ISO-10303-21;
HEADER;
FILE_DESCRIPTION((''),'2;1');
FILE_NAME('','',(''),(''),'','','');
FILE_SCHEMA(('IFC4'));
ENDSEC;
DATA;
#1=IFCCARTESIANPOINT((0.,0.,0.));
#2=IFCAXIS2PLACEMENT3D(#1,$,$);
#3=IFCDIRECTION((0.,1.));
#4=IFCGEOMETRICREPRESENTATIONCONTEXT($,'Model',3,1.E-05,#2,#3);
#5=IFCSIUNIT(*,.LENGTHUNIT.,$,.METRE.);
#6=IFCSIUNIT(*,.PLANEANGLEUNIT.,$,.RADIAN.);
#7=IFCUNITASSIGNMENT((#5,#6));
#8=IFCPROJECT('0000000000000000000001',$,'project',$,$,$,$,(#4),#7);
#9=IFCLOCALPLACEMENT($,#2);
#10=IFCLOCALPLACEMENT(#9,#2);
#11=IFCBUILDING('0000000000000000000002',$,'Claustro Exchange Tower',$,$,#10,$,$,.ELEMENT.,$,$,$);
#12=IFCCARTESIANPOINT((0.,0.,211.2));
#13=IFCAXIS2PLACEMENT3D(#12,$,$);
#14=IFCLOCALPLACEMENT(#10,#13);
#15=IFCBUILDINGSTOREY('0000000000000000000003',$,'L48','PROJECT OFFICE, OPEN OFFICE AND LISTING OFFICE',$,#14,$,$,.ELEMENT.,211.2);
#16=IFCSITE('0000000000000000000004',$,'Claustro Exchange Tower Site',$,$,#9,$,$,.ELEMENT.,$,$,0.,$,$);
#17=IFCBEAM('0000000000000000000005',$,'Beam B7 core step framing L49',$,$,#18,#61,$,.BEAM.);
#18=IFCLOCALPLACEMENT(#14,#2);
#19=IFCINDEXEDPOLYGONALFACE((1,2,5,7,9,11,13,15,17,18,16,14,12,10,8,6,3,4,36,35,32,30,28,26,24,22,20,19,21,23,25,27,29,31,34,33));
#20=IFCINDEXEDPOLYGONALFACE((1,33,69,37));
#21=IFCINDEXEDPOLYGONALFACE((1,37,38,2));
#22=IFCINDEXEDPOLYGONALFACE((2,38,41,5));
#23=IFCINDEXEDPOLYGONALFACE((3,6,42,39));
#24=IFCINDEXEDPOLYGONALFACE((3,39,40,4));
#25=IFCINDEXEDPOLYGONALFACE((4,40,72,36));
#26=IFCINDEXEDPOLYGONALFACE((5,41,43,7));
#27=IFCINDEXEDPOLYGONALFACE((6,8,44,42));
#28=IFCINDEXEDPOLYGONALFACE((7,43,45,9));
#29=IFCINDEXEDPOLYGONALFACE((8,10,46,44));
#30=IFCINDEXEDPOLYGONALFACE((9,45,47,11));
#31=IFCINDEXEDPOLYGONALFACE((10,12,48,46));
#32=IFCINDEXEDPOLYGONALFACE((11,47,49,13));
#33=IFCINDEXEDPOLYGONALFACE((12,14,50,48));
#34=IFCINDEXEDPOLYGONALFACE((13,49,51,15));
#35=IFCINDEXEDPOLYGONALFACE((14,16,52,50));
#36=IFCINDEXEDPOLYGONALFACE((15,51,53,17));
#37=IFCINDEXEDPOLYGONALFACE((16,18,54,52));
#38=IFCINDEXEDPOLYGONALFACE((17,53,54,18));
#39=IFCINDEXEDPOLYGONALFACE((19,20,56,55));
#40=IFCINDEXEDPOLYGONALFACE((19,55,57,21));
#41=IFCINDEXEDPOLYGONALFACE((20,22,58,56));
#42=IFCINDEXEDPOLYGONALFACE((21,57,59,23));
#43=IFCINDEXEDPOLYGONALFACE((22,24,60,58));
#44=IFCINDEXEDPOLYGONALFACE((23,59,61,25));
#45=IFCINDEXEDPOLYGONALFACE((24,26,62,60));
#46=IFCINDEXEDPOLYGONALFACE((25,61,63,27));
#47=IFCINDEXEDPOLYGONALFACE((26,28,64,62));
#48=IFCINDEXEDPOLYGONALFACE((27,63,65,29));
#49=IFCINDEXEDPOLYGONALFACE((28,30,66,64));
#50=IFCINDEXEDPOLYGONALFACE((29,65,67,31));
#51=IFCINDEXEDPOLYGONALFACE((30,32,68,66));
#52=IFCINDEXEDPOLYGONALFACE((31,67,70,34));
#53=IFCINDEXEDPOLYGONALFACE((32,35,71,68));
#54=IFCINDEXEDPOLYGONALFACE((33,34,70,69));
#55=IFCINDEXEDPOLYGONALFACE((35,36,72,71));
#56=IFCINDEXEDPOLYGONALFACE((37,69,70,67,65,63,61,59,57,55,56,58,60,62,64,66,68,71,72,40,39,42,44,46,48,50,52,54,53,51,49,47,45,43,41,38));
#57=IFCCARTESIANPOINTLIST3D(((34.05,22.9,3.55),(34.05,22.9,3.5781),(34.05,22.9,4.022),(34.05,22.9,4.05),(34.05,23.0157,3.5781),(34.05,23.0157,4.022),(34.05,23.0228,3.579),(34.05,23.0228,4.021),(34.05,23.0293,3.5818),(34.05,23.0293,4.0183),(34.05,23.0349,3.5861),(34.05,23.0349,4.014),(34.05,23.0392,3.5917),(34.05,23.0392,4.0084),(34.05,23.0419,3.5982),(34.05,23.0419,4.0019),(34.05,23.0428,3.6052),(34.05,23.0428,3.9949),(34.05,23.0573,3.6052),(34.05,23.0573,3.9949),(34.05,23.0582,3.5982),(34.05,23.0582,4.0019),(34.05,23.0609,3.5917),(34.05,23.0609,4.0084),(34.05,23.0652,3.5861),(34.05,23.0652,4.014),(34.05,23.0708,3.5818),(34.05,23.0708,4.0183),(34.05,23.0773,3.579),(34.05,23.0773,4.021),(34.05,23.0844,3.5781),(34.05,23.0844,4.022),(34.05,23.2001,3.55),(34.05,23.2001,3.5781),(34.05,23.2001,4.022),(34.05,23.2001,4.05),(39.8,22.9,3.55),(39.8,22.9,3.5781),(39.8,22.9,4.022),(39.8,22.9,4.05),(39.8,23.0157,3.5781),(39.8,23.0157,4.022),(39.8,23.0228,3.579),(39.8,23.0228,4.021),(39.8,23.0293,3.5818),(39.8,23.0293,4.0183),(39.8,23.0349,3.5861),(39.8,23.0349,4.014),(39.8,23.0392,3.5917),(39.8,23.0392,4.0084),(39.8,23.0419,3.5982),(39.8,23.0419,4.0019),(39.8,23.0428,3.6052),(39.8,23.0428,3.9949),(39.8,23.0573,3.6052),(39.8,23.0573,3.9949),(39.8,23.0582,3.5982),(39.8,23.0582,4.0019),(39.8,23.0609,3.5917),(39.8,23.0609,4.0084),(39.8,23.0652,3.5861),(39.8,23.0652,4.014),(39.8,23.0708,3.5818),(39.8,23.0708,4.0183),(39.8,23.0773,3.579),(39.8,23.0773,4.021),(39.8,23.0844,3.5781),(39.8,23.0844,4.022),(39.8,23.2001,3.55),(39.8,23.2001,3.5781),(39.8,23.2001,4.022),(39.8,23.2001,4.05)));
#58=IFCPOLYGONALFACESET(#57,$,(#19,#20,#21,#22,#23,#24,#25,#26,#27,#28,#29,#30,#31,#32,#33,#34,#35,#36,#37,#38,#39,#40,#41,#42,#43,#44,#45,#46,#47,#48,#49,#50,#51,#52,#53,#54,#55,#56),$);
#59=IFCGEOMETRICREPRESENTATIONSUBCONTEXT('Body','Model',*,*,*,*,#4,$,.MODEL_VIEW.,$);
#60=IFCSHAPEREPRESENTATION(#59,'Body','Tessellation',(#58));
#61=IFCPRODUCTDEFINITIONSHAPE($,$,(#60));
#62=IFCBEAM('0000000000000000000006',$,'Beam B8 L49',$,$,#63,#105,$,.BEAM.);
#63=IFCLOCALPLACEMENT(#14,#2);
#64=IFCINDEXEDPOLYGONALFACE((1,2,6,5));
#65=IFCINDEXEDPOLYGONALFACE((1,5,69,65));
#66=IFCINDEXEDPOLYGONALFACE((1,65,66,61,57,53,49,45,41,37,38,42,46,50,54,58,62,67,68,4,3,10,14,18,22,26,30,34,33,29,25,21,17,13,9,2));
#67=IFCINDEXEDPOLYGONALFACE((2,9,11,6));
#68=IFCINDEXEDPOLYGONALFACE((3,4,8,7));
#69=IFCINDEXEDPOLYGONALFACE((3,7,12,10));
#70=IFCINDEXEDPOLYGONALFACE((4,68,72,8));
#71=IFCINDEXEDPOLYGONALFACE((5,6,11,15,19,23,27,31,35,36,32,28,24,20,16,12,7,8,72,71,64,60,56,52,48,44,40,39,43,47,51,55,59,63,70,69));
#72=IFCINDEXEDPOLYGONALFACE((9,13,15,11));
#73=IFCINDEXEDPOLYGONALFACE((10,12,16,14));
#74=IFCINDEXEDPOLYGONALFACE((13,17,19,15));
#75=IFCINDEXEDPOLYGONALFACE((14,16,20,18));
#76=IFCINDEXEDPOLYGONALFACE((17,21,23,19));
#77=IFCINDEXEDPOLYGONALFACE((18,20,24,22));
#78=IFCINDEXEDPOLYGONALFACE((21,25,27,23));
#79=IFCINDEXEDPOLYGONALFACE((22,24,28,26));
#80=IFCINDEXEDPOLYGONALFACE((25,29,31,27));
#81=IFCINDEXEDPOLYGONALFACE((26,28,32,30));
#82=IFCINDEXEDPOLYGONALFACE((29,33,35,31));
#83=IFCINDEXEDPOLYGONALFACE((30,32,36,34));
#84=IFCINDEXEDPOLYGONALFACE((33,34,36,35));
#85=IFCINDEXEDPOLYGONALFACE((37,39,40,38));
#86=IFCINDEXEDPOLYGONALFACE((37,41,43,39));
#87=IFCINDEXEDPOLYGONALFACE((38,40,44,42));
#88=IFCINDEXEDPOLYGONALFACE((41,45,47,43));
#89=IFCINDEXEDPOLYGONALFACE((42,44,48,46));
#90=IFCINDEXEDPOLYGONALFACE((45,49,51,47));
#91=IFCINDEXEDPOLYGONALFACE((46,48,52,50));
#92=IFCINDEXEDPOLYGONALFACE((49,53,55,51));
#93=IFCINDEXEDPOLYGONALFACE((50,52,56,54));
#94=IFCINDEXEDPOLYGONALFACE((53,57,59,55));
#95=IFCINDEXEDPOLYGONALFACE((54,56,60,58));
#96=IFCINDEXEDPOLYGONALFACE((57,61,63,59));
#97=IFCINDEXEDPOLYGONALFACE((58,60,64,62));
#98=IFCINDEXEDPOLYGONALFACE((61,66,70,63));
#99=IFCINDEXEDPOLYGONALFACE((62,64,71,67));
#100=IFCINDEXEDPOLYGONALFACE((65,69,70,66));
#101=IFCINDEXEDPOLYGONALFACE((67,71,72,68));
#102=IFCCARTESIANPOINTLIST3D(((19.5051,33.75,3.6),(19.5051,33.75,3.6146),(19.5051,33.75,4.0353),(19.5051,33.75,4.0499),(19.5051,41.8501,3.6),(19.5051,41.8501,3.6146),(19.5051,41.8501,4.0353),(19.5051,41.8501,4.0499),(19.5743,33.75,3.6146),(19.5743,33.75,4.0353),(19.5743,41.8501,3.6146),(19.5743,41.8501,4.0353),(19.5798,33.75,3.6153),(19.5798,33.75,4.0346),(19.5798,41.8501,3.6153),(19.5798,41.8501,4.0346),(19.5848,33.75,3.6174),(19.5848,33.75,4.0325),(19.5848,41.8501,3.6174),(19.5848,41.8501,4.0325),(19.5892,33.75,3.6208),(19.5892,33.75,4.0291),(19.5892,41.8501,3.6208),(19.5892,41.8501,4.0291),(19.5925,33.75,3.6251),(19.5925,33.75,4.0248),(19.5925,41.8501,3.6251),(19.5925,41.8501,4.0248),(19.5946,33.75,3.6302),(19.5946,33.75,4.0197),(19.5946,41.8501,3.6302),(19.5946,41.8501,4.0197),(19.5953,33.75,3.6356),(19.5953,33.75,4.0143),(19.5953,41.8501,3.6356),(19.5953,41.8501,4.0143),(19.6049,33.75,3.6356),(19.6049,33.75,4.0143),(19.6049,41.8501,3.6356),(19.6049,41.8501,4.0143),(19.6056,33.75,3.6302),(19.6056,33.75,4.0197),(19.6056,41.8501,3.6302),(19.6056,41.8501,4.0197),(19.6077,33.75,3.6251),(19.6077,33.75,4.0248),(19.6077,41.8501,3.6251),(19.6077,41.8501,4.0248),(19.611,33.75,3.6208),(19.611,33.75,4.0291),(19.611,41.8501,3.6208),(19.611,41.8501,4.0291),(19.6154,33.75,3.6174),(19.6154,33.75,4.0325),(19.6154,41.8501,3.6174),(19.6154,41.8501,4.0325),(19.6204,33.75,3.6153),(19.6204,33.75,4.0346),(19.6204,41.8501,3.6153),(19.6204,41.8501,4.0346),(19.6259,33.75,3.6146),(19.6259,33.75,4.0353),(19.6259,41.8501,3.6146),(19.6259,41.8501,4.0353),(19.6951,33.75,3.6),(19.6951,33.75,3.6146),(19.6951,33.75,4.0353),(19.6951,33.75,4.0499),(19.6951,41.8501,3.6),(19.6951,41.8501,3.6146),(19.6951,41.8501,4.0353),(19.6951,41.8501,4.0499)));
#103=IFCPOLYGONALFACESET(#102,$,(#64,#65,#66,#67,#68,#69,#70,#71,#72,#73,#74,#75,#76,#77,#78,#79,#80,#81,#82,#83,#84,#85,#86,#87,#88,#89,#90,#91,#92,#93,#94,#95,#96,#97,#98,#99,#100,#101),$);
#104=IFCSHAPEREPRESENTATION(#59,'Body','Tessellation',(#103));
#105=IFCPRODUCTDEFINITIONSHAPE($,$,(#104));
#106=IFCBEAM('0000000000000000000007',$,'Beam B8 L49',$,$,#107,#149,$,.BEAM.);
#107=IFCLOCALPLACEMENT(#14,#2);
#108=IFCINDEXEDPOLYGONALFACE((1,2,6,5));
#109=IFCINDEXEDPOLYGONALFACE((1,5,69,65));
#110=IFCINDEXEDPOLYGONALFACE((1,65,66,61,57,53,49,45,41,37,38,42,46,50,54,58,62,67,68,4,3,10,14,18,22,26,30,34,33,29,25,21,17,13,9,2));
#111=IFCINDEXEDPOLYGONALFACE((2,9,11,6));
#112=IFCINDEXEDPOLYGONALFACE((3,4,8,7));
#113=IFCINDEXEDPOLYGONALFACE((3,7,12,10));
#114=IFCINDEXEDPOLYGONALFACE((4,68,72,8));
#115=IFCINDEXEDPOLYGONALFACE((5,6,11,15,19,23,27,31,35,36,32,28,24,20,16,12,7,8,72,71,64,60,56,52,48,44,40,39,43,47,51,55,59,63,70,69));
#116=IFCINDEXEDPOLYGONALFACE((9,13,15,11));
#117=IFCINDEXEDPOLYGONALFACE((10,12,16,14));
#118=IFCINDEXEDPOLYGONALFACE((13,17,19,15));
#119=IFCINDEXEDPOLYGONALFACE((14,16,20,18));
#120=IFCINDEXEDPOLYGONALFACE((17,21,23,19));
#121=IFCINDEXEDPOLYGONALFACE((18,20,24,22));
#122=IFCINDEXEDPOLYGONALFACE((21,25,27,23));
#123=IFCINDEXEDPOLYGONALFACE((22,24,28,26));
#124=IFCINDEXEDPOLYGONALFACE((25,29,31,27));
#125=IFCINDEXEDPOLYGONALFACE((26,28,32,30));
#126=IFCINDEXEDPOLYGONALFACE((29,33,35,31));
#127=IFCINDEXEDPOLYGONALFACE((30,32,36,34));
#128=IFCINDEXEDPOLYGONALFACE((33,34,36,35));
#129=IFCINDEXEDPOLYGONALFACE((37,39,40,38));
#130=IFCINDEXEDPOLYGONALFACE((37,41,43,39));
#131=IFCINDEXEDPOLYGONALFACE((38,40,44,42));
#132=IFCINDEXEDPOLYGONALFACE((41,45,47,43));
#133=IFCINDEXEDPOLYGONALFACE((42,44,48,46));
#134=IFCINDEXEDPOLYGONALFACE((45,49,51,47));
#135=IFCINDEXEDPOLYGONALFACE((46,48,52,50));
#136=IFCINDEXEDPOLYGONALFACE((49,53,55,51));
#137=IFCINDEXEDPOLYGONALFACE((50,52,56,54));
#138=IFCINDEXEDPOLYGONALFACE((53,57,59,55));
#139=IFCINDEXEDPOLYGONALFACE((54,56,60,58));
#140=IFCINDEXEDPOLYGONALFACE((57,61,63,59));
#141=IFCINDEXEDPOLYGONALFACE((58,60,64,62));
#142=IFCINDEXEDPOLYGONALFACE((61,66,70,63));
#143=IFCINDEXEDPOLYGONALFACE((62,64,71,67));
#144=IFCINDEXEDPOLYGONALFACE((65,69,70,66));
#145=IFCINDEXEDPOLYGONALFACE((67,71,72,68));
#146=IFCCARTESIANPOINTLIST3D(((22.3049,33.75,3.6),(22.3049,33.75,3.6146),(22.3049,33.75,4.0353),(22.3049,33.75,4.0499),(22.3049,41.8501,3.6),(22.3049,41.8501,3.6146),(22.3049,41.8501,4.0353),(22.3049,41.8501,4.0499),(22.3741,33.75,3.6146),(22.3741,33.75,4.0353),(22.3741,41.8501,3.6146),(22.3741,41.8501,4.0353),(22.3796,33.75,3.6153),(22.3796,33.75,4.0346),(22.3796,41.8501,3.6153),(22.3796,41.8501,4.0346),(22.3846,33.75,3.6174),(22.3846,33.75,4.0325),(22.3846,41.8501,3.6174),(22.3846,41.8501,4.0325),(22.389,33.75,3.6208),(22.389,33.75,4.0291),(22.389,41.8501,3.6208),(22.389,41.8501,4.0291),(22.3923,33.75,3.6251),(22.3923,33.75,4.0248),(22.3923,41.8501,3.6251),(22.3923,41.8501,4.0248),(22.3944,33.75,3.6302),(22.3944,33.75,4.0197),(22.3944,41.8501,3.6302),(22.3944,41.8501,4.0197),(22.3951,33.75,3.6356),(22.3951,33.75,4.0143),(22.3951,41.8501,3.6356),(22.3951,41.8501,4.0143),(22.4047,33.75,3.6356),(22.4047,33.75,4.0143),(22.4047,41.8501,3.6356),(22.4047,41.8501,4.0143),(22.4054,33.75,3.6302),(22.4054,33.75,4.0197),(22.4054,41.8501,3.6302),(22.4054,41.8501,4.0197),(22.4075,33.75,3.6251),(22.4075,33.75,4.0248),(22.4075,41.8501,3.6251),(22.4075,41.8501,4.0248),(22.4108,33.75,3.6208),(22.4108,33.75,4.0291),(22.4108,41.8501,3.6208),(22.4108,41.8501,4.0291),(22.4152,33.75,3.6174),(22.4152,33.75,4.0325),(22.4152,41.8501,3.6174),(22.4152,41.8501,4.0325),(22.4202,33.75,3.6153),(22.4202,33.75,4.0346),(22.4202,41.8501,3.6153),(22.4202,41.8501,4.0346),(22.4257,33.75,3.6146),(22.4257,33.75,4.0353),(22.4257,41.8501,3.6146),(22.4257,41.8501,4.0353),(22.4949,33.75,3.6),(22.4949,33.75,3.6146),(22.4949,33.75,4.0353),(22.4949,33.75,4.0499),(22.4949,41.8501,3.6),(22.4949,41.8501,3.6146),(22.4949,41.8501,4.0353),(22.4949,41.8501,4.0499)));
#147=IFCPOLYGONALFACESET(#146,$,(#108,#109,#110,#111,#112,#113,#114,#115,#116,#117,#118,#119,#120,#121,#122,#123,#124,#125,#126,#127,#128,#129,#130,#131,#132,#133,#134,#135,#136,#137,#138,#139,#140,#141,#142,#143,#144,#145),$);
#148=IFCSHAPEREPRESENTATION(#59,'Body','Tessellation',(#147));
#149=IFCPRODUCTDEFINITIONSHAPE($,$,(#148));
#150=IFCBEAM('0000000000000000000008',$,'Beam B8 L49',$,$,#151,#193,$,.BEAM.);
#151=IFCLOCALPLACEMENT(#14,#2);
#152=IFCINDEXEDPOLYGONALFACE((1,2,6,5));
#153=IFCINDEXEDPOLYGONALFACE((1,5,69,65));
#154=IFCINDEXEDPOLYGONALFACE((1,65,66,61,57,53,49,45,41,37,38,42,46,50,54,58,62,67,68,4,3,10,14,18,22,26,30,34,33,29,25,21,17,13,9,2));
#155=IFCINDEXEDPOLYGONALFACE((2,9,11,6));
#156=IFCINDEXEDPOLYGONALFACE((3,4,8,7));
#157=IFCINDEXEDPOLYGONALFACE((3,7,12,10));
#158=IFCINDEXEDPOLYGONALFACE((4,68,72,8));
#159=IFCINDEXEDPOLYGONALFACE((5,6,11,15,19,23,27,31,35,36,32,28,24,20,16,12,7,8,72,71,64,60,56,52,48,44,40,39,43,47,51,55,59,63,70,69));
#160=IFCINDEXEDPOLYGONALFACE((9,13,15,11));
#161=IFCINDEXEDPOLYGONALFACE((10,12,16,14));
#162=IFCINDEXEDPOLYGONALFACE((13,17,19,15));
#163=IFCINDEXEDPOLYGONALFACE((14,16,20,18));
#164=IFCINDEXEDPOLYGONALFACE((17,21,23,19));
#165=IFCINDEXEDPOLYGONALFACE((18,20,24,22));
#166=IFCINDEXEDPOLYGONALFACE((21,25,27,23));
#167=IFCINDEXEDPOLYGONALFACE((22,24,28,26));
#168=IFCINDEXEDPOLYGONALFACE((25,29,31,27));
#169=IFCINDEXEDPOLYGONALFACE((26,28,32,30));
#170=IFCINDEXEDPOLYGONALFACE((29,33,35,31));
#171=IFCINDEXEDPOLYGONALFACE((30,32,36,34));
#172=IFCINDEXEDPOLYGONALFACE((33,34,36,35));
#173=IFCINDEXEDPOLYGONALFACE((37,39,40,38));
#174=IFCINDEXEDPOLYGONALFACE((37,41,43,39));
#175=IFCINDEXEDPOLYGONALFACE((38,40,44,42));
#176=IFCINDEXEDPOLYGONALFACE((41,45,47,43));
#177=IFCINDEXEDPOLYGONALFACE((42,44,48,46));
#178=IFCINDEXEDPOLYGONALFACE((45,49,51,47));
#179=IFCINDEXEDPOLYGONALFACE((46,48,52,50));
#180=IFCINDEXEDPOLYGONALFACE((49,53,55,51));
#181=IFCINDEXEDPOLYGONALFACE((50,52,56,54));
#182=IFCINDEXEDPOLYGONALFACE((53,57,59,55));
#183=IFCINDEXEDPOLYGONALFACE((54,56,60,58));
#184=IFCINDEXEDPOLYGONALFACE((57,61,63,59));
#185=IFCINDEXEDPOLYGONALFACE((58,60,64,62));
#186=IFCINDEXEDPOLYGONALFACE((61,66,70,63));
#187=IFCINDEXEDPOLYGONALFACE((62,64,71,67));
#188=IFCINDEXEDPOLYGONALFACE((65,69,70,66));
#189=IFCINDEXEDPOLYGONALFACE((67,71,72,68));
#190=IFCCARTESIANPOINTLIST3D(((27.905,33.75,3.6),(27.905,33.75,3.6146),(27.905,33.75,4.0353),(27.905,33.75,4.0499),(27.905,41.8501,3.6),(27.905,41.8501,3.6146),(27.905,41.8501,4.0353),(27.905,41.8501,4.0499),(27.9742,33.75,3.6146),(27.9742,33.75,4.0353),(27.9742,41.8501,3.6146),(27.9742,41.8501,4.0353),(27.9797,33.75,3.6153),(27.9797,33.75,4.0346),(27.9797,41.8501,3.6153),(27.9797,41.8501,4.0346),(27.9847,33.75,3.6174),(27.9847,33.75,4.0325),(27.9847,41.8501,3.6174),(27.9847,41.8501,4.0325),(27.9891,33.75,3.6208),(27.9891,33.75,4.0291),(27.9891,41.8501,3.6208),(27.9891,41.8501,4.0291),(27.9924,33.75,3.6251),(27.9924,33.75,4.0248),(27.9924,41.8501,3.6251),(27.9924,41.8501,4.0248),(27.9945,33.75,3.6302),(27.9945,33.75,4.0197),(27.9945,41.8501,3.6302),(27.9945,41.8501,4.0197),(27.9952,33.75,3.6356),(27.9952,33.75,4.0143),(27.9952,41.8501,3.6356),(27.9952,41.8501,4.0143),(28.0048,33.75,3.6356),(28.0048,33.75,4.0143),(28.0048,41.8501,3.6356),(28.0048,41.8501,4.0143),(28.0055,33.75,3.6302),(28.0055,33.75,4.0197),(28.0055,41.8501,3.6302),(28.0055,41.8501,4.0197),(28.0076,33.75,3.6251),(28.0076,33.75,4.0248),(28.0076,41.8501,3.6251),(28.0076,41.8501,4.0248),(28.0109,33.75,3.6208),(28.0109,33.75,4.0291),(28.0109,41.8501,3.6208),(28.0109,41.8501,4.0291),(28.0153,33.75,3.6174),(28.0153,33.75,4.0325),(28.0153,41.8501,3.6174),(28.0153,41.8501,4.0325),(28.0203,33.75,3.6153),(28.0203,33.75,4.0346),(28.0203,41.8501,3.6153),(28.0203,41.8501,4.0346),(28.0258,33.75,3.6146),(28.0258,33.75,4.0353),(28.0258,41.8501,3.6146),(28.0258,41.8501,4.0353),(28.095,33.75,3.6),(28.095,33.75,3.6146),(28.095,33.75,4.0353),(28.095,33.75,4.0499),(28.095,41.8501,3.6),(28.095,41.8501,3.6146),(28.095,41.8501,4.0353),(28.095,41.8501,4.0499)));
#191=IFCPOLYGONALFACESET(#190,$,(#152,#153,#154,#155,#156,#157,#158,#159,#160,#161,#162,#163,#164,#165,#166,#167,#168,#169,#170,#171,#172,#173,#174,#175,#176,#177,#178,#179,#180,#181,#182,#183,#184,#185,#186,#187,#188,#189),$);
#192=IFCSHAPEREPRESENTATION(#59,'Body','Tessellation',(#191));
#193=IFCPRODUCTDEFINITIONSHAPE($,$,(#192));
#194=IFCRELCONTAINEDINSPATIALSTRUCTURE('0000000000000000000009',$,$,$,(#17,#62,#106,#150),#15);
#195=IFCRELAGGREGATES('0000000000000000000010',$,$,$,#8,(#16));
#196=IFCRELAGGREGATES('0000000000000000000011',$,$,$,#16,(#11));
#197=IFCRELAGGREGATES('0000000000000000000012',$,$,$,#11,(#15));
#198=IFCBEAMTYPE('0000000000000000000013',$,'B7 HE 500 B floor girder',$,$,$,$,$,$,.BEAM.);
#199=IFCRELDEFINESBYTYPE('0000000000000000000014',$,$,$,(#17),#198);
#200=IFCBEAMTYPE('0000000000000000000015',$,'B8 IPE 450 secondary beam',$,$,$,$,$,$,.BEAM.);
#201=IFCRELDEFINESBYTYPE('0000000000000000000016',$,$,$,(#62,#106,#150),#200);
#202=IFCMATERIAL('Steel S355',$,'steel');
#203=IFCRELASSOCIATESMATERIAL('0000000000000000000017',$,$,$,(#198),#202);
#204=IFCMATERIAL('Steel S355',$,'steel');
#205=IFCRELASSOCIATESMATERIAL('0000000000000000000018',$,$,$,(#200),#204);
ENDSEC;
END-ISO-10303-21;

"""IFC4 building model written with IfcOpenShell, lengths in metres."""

from ifc_helpers import new_model, si_unit, direction, frame, origin, origin_2d, place, context, subcontext, project, spatial, i_section, extrude, material, material_profile, profile_set, type_object, element, save


model = new_model("IFC4")

# Units and contexts
model_context = context("Model", 3, precision=1e-05, world=origin(), true_north=direction((0.0, 1.0)))
body_context = subcontext(model_context, "Body", "Model", "MODEL_VIEW")
ifc_project = project(units=[si_unit("LENGTHUNIT", "METRE"), si_unit("PLANEANGLEUNIT", "RADIAN")], contexts=[model_context])

# Site, building, storey
site_placement = place(None, origin())
site = spatial("IfcSite", under=ifc_project, at=site_placement, Name="Claustro Exchange Tower Site", CompositionType="ELEMENT", RefElevation=0.0)
building_placement = place(site_placement, origin())
building = spatial("IfcBuilding", under=site, at=building_placement, Name="Claustro Exchange Tower", CompositionType="ELEMENT")
storey_placement = place(building_placement, frame((0.0, 0.0, 211.2)))
storey = spatial("IfcBuildingStorey", under=building, at=storey_placement, Name="L48", Description="PROJECT OFFICE, OPEN OFFICE AND LISTING OFFICE", CompositionType="ELEMENT", Elevation=211.2)

# Beams
ifc_material_1 = material(Name="Steel S355", Category="steel")
ifc_material_profile_1 = material_profile(ifc_material_1, i_section(OverallWidth=0.3, OverallDepth=0.5, WebThickness=0.0144, FlangeThickness=0.0281, FilletRadius=0.0271, at=origin_2d()), Name="HE 500 B")
ifc_profile_set_1 = profile_set([ifc_material_profile_1], Name="Steel S355")
beam_type_1 = type_object("IfcBeamType", Name="B7 HE 500 B floor girder", PredefinedType="BEAM", material=ifc_profile_set_1)
beam_1_placement = place(storey_placement, frame((34.05, 23.05, 3.8), z_axis=(1.0, 0.0, 0.0), x_axis=(0.0, 1.0, 0.0)))
element("IfcBeam", 1, at=beam_1_placement, inside=storey, type_object=beam_type_1, Name="Beam B7 core step framing L49", PredefinedType="BEAM", context=body_context, shape_type="SweptSolid", body=[
    extrude(i_section(OverallWidth=0.3, OverallDepth=0.5, WebThickness=0.0144, FlangeThickness=0.0281, FilletRadius=0.0271, at=origin_2d()), origin(), (0.0, 0.0, 1.0), 5.75),
])
ifc_material_2 = material(Name="Steel S355", Category="steel")
ifc_material_profile_2 = material_profile(ifc_material_2, i_section(OverallWidth=0.1899, OverallDepth=0.45, WebThickness=0.0095, FlangeThickness=0.0146, FilletRadius=0.021, at=origin_2d()), Name="IPE 450")
ifc_profile_set_2 = profile_set([ifc_material_profile_2], Name="Steel S355")
beam_type_2 = type_object("IfcBeamType", Name="B8 IPE 450 secondary beam", PredefinedType="BEAM", material=ifc_profile_set_2)
for number, where, z_axis, x_axis, name in (
    (2, (19.6001, 33.75, 3.825), (0.0, 1.0, 0.0), (-1.0, 0.0, 0.0), "Beam B8 L49"),
    (3, (22.3999, 33.75, 3.825), (0.0, 1.0, 0.0), (-1.0, 0.0, 0.0), "Beam B8 L49"),
    (4, (28.0, 33.75, 3.825), (0.0, 1.0, 0.0), (-1.0, 0.0, 0.0), "Beam B8 L49"),
):
    element("IfcBeam", number, at=place(storey_placement, frame(where, z_axis=z_axis, x_axis=x_axis)), inside=storey, type_object=beam_type_2, Name=name, PredefinedType="BEAM", context=body_context, shape_type="SweptSolid", body=[
        extrude(i_section(OverallWidth=0.1899, OverallDepth=0.45, WebThickness=0.0095, FlangeThickness=0.0146, FilletRadius=0.021, at=origin_2d()), origin(), (0.0, 0.0, 1.0), 8.1001),
    ])

save(model, "model.ifc")
